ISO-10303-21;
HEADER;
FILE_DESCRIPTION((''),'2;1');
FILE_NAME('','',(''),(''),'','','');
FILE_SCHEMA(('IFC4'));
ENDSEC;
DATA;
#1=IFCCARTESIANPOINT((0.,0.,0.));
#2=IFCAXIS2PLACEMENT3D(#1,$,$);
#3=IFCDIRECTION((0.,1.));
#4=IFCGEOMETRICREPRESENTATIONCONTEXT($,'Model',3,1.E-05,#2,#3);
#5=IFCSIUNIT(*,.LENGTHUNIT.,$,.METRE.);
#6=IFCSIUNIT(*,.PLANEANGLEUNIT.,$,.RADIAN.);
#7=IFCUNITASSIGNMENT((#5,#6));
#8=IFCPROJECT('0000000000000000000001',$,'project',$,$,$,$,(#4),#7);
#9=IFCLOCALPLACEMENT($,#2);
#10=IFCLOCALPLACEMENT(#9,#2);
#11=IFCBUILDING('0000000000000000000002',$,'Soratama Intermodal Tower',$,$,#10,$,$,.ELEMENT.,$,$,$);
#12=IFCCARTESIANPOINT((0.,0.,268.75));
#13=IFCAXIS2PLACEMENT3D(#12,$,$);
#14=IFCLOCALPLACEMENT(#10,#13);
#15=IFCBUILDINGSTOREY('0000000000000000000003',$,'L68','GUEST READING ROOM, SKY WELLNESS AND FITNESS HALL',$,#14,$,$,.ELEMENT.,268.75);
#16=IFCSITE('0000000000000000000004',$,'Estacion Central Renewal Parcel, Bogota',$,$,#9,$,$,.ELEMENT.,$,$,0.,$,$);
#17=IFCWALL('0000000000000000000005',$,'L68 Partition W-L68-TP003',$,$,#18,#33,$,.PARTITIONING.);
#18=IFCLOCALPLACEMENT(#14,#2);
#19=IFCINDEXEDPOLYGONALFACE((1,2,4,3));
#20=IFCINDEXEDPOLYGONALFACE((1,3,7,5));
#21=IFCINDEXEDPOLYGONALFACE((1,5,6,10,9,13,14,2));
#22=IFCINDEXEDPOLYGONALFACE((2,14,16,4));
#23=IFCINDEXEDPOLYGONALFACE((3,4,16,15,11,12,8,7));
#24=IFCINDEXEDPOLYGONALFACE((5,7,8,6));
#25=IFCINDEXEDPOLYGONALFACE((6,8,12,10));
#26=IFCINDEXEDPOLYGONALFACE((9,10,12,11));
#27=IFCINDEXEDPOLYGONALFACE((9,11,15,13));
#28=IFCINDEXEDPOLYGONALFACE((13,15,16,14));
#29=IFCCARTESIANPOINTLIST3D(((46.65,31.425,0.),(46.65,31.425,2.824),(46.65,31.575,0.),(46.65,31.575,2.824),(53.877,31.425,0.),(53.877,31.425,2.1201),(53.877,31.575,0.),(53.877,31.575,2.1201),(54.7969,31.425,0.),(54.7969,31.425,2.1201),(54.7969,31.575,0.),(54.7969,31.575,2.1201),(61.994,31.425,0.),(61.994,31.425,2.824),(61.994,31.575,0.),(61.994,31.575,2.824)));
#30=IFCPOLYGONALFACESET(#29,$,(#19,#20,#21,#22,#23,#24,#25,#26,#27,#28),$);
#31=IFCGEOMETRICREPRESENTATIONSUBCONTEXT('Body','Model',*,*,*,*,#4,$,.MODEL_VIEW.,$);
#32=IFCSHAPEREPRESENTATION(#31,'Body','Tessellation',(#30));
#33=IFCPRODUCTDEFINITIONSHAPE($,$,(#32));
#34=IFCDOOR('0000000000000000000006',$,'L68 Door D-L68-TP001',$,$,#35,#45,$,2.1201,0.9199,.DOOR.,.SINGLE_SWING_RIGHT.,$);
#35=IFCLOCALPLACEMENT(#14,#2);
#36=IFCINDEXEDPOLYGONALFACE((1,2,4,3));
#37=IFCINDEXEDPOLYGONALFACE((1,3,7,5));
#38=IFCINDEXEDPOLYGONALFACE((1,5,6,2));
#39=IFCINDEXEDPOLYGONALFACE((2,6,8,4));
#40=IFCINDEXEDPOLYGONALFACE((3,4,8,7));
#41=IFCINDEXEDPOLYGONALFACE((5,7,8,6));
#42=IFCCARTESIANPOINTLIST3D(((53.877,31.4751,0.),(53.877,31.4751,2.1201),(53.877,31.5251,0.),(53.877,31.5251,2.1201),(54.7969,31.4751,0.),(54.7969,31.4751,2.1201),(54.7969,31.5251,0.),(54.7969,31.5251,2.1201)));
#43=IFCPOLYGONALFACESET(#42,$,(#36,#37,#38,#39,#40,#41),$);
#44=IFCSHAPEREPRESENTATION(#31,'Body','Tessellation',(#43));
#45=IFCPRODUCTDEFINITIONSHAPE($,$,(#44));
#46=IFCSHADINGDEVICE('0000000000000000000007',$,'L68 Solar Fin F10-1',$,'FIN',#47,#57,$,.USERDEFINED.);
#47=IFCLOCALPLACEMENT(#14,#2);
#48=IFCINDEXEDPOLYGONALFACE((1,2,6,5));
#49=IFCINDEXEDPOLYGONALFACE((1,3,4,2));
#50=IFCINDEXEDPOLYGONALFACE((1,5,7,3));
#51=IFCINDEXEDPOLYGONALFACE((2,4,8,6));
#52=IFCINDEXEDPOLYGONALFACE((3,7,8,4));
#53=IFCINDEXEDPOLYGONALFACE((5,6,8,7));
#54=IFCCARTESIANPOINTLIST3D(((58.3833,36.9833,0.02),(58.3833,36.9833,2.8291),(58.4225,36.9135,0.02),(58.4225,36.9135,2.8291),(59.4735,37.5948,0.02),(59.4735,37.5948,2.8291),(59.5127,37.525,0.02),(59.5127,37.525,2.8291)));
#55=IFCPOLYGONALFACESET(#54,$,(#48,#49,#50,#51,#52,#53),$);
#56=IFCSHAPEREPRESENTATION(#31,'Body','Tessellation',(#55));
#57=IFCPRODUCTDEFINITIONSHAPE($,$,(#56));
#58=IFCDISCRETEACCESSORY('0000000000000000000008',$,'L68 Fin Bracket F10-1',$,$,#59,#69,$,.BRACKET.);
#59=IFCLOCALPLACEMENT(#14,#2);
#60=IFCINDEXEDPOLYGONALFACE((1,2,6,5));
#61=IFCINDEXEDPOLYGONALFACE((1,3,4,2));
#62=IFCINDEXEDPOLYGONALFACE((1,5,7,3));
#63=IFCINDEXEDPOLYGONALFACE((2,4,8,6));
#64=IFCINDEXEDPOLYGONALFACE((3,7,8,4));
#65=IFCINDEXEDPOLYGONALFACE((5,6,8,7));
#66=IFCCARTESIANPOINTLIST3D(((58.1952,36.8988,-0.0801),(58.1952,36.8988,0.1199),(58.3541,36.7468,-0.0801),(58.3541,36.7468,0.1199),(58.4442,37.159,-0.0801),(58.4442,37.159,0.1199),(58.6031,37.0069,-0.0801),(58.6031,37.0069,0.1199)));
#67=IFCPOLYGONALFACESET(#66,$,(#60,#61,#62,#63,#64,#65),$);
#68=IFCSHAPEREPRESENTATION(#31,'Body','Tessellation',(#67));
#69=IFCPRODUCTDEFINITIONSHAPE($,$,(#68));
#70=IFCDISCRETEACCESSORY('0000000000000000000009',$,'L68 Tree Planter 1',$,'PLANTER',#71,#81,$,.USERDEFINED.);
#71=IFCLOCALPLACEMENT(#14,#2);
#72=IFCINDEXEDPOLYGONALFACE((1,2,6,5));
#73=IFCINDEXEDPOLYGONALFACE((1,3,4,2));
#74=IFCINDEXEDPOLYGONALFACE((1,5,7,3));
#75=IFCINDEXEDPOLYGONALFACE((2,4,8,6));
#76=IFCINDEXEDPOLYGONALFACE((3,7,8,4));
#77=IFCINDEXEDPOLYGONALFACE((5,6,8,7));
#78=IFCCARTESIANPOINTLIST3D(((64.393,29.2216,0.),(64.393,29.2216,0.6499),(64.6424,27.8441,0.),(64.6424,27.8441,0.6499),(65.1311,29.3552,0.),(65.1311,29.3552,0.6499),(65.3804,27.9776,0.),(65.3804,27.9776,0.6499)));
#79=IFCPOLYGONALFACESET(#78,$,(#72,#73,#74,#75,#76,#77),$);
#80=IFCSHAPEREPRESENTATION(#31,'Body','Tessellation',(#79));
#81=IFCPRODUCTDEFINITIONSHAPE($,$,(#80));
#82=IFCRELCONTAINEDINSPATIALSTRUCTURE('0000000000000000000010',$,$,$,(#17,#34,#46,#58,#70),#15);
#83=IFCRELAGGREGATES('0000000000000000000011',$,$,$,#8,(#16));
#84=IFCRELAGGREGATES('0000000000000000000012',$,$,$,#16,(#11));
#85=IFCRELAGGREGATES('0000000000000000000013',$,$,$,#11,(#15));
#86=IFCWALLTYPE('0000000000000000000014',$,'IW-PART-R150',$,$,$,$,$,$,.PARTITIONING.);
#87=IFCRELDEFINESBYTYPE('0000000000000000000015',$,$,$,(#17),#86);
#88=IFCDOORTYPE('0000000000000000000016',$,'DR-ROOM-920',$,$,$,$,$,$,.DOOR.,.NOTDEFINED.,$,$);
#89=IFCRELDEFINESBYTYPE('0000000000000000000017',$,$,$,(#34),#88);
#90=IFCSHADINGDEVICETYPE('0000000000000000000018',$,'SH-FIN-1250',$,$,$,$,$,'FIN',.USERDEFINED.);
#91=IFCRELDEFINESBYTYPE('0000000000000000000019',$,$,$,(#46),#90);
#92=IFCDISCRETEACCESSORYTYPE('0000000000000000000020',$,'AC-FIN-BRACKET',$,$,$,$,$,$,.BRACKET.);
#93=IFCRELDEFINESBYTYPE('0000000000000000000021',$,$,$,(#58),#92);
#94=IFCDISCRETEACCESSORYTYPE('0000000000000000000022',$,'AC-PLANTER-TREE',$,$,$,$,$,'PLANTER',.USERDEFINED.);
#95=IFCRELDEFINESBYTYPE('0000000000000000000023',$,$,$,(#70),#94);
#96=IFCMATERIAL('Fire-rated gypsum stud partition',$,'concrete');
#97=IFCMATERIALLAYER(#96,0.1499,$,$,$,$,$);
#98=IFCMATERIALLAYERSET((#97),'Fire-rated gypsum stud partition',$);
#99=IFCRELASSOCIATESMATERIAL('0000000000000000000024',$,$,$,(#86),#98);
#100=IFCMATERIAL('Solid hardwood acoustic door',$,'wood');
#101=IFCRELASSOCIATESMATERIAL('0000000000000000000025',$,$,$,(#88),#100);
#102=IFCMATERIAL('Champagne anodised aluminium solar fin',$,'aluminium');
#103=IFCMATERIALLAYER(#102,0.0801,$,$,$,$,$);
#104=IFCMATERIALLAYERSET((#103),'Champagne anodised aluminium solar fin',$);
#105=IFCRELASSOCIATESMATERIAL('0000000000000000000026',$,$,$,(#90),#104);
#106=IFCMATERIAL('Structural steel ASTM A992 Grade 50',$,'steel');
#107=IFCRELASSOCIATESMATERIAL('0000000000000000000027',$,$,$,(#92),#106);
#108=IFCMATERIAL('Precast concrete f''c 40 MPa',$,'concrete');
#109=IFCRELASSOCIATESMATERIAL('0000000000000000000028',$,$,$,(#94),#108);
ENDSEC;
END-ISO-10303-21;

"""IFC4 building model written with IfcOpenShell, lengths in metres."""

from ifc_helpers import new_model, si_unit, direction, frame, frame_2d, origin, origin_2d, place, context, subcontext, project, spatial, rectangle, extrude, material, layer, layer_set, type_object, element, fill, save


model = new_model("IFC4")

# Units and contexts
model_context = context("Model", 3, precision=1e-05, world=origin(), true_north=direction((0.0, 1.0)))
body_context = subcontext(model_context, "Body", "Model", "MODEL_VIEW")
ifc_project = project(units=[si_unit("LENGTHUNIT", "METRE"), si_unit("PLANEANGLEUNIT", "RADIAN")], contexts=[model_context])

# Site, building, storey
site_placement = place(None, origin())
site = spatial("IfcSite", under=ifc_project, at=site_placement, Name="Estacion Central Renewal Parcel, Bogota", CompositionType="ELEMENT", RefElevation=0.0)
building_placement = place(site_placement, origin())
building = spatial("IfcBuilding", under=site, at=building_placement, Name="Soratama Intermodal Tower", CompositionType="ELEMENT")
storey_placement = place(building_placement, frame((0.0, 0.0, 268.75)))
storey = spatial("IfcBuildingStorey", under=building, at=storey_placement, Name="L68", Description="GUEST READING ROOM, SKY WELLNESS AND FITNESS HALL", CompositionType="ELEMENT", Elevation=268.75)

# Wall, opening, door
ifc_material_1 = material(Name="Fire-rated gypsum stud partition", Category="concrete")
ifc_layer_1 = layer(ifc_material_1, 0.1499)
ifc_layer_set_1 = layer_set([ifc_layer_1], Name="Fire-rated gypsum stud partition")
wall_type_1 = type_object("IfcWallType", Name="IW-PART-R150", PredefinedType="PARTITIONING", material=ifc_layer_set_1)
wall_1_placement = place(storey_placement, frame((61.9939, 31.5, 0.0), z_axis=(0.0, 0.0, 1.0), x_axis=(-1.0, 0.0, 0.0)))
wall_1 = element("IfcWall", 1, at=wall_1_placement, inside=storey, type_object=wall_type_1, Name="L68 Partition W-L68-TP003", PredefinedType="PARTITIONING", context=body_context, shape_type="SweptSolid", body=[
    extrude(rectangle(XDim=15.344, YDim=0.1499, at=frame_2d((7.6719, 0.0))), origin(), (0.0, 0.0, 1.0), 2.824),
])
opening_placement = place(wall_1_placement, frame((7.197, 0.0, 0.0)))
opening = element("IfcOpeningElement", 2, at=opening_placement, cuts=wall_1, PredefinedType="OPENING", context=body_context, shape_type="SweptSolid", body=[
    extrude(rectangle(XDim=0.9199, YDim=2.1201, at=frame_2d((0.46, 1.0601))), frame((0.0, 0.085, 0.0), z_axis=(0.0, -1.0, 0.0), x_axis=(1.0, 0.0, 0.0)), (0.0, 0.0, 1.0), 0.1699),
])
ifc_material_2 = material(Name="Solid hardwood acoustic door", Category="wood")
door_type = type_object("IfcDoorType", Name="DR-ROOM-920", OperationType="NOTDEFINED", PredefinedType="DOOR", material=ifc_material_2)
door_placement = place(opening_placement, origin())
door = element("IfcDoor", 3, at=door_placement, inside=storey, type_object=door_type, Name="L68 Door D-L68-TP001", OperationType="SINGLE_SWING_RIGHT", OverallHeight=2.1201, OverallWidth=0.9199, PredefinedType="DOOR", context=body_context, shape_type="SweptSolid", body=[
    extrude(rectangle(XDim=0.9199, YDim=2.1201, at=frame_2d((0.46, 1.0601))), frame((0.0, 0.0249, 0.0), z_axis=(0.0, -1.0, 0.0), x_axis=(1.0, 0.0, 0.0)), (0.0, 0.0, 1.0), 0.05),
])
fill(opening, door)

# Shading device
ifc_material_3 = material(Name="Champagne anodised aluminium solar fin", Category="aluminium")
ifc_layer_2 = layer(ifc_material_3, 0.0801)
ifc_layer_set_2 = layer_set([ifc_layer_2], Name="Champagne anodised aluminium solar fin")
shading_device_type = type_object("IfcShadingDeviceType", Name="SH-FIN-1250", ElementType="FIN", PredefinedType="USERDEFINED", material=ifc_layer_set_2)
shading_device_placement = place(storey_placement, frame((58.948, 37.2542, 0.02), z_axis=(0.0, 0.0, 1.0), x_axis=(0.872155, 0.48923, 0.0)))
element("IfcShadingDevice", 4, at=shading_device_placement, inside=storey, type_object=shading_device_type, Name="L68 Solar Fin F10-1", ObjectType="FIN", PredefinedType="USERDEFINED", context=body_context, shape_type="SweptSolid", body=[
    extrude(rectangle(XDim=1.25, YDim=0.0801, at=origin_2d()), origin(), (0.0, 0.0, 1.0), 2.8091),
])

# Discrete accessories
ifc_material_4 = material(Name="Structural steel ASTM A992 Grade 50", Category="steel")
discrete_accessory_type_1 = type_object("IfcDiscreteAccessoryType", Name="AC-FIN-BRACKET", PredefinedType="BRACKET", material=ifc_material_4)
discrete_accessory_1_placement = place(storey_placement, frame((58.3992, 36.9529, -0.0801), z_axis=(0.0, 0.0, 1.0), x_axis=(0.691387, 0.722485, 0.0)))
element("IfcDiscreteAccessory", 5, at=discrete_accessory_1_placement, inside=storey, type_object=discrete_accessory_type_1, Name="L68 Fin Bracket F10-1", PredefinedType="BRACKET", context=body_context, shape_type="SweptSolid", body=[
    extrude(rectangle(XDim=0.3601, YDim=0.22, at=origin_2d()), origin(), (0.0, 0.0, 1.0), 0.2),
])
ifc_material_5 = material(Name="Precast concrete f'c 40 MPa", Category="concrete")
discrete_accessory_type_2 = type_object("IfcDiscreteAccessoryType", Name="AC-PLANTER-TREE", ElementType="PLANTER", PredefinedType="USERDEFINED", material=ifc_material_5)
discrete_accessory_2_placement = place(storey_placement, frame((64.8867, 28.5996, 0.0), z_axis=(0.0, 0.0, 1.0), x_axis=(0.98401, 0.178115, 0.0)))
element("IfcDiscreteAccessory", 6, at=discrete_accessory_2_placement, inside=storey, type_object=discrete_accessory_type_2, Name="L68 Tree Planter 1", ObjectType="PLANTER", PredefinedType="USERDEFINED", context=body_context, shape_type="SweptSolid", body=[
    extrude(rectangle(XDim=0.75, YDim=1.3999, at=origin_2d()), origin(), (0.0, 0.0, 1.0), 0.6499),
])

save(model, "model.ifc")
